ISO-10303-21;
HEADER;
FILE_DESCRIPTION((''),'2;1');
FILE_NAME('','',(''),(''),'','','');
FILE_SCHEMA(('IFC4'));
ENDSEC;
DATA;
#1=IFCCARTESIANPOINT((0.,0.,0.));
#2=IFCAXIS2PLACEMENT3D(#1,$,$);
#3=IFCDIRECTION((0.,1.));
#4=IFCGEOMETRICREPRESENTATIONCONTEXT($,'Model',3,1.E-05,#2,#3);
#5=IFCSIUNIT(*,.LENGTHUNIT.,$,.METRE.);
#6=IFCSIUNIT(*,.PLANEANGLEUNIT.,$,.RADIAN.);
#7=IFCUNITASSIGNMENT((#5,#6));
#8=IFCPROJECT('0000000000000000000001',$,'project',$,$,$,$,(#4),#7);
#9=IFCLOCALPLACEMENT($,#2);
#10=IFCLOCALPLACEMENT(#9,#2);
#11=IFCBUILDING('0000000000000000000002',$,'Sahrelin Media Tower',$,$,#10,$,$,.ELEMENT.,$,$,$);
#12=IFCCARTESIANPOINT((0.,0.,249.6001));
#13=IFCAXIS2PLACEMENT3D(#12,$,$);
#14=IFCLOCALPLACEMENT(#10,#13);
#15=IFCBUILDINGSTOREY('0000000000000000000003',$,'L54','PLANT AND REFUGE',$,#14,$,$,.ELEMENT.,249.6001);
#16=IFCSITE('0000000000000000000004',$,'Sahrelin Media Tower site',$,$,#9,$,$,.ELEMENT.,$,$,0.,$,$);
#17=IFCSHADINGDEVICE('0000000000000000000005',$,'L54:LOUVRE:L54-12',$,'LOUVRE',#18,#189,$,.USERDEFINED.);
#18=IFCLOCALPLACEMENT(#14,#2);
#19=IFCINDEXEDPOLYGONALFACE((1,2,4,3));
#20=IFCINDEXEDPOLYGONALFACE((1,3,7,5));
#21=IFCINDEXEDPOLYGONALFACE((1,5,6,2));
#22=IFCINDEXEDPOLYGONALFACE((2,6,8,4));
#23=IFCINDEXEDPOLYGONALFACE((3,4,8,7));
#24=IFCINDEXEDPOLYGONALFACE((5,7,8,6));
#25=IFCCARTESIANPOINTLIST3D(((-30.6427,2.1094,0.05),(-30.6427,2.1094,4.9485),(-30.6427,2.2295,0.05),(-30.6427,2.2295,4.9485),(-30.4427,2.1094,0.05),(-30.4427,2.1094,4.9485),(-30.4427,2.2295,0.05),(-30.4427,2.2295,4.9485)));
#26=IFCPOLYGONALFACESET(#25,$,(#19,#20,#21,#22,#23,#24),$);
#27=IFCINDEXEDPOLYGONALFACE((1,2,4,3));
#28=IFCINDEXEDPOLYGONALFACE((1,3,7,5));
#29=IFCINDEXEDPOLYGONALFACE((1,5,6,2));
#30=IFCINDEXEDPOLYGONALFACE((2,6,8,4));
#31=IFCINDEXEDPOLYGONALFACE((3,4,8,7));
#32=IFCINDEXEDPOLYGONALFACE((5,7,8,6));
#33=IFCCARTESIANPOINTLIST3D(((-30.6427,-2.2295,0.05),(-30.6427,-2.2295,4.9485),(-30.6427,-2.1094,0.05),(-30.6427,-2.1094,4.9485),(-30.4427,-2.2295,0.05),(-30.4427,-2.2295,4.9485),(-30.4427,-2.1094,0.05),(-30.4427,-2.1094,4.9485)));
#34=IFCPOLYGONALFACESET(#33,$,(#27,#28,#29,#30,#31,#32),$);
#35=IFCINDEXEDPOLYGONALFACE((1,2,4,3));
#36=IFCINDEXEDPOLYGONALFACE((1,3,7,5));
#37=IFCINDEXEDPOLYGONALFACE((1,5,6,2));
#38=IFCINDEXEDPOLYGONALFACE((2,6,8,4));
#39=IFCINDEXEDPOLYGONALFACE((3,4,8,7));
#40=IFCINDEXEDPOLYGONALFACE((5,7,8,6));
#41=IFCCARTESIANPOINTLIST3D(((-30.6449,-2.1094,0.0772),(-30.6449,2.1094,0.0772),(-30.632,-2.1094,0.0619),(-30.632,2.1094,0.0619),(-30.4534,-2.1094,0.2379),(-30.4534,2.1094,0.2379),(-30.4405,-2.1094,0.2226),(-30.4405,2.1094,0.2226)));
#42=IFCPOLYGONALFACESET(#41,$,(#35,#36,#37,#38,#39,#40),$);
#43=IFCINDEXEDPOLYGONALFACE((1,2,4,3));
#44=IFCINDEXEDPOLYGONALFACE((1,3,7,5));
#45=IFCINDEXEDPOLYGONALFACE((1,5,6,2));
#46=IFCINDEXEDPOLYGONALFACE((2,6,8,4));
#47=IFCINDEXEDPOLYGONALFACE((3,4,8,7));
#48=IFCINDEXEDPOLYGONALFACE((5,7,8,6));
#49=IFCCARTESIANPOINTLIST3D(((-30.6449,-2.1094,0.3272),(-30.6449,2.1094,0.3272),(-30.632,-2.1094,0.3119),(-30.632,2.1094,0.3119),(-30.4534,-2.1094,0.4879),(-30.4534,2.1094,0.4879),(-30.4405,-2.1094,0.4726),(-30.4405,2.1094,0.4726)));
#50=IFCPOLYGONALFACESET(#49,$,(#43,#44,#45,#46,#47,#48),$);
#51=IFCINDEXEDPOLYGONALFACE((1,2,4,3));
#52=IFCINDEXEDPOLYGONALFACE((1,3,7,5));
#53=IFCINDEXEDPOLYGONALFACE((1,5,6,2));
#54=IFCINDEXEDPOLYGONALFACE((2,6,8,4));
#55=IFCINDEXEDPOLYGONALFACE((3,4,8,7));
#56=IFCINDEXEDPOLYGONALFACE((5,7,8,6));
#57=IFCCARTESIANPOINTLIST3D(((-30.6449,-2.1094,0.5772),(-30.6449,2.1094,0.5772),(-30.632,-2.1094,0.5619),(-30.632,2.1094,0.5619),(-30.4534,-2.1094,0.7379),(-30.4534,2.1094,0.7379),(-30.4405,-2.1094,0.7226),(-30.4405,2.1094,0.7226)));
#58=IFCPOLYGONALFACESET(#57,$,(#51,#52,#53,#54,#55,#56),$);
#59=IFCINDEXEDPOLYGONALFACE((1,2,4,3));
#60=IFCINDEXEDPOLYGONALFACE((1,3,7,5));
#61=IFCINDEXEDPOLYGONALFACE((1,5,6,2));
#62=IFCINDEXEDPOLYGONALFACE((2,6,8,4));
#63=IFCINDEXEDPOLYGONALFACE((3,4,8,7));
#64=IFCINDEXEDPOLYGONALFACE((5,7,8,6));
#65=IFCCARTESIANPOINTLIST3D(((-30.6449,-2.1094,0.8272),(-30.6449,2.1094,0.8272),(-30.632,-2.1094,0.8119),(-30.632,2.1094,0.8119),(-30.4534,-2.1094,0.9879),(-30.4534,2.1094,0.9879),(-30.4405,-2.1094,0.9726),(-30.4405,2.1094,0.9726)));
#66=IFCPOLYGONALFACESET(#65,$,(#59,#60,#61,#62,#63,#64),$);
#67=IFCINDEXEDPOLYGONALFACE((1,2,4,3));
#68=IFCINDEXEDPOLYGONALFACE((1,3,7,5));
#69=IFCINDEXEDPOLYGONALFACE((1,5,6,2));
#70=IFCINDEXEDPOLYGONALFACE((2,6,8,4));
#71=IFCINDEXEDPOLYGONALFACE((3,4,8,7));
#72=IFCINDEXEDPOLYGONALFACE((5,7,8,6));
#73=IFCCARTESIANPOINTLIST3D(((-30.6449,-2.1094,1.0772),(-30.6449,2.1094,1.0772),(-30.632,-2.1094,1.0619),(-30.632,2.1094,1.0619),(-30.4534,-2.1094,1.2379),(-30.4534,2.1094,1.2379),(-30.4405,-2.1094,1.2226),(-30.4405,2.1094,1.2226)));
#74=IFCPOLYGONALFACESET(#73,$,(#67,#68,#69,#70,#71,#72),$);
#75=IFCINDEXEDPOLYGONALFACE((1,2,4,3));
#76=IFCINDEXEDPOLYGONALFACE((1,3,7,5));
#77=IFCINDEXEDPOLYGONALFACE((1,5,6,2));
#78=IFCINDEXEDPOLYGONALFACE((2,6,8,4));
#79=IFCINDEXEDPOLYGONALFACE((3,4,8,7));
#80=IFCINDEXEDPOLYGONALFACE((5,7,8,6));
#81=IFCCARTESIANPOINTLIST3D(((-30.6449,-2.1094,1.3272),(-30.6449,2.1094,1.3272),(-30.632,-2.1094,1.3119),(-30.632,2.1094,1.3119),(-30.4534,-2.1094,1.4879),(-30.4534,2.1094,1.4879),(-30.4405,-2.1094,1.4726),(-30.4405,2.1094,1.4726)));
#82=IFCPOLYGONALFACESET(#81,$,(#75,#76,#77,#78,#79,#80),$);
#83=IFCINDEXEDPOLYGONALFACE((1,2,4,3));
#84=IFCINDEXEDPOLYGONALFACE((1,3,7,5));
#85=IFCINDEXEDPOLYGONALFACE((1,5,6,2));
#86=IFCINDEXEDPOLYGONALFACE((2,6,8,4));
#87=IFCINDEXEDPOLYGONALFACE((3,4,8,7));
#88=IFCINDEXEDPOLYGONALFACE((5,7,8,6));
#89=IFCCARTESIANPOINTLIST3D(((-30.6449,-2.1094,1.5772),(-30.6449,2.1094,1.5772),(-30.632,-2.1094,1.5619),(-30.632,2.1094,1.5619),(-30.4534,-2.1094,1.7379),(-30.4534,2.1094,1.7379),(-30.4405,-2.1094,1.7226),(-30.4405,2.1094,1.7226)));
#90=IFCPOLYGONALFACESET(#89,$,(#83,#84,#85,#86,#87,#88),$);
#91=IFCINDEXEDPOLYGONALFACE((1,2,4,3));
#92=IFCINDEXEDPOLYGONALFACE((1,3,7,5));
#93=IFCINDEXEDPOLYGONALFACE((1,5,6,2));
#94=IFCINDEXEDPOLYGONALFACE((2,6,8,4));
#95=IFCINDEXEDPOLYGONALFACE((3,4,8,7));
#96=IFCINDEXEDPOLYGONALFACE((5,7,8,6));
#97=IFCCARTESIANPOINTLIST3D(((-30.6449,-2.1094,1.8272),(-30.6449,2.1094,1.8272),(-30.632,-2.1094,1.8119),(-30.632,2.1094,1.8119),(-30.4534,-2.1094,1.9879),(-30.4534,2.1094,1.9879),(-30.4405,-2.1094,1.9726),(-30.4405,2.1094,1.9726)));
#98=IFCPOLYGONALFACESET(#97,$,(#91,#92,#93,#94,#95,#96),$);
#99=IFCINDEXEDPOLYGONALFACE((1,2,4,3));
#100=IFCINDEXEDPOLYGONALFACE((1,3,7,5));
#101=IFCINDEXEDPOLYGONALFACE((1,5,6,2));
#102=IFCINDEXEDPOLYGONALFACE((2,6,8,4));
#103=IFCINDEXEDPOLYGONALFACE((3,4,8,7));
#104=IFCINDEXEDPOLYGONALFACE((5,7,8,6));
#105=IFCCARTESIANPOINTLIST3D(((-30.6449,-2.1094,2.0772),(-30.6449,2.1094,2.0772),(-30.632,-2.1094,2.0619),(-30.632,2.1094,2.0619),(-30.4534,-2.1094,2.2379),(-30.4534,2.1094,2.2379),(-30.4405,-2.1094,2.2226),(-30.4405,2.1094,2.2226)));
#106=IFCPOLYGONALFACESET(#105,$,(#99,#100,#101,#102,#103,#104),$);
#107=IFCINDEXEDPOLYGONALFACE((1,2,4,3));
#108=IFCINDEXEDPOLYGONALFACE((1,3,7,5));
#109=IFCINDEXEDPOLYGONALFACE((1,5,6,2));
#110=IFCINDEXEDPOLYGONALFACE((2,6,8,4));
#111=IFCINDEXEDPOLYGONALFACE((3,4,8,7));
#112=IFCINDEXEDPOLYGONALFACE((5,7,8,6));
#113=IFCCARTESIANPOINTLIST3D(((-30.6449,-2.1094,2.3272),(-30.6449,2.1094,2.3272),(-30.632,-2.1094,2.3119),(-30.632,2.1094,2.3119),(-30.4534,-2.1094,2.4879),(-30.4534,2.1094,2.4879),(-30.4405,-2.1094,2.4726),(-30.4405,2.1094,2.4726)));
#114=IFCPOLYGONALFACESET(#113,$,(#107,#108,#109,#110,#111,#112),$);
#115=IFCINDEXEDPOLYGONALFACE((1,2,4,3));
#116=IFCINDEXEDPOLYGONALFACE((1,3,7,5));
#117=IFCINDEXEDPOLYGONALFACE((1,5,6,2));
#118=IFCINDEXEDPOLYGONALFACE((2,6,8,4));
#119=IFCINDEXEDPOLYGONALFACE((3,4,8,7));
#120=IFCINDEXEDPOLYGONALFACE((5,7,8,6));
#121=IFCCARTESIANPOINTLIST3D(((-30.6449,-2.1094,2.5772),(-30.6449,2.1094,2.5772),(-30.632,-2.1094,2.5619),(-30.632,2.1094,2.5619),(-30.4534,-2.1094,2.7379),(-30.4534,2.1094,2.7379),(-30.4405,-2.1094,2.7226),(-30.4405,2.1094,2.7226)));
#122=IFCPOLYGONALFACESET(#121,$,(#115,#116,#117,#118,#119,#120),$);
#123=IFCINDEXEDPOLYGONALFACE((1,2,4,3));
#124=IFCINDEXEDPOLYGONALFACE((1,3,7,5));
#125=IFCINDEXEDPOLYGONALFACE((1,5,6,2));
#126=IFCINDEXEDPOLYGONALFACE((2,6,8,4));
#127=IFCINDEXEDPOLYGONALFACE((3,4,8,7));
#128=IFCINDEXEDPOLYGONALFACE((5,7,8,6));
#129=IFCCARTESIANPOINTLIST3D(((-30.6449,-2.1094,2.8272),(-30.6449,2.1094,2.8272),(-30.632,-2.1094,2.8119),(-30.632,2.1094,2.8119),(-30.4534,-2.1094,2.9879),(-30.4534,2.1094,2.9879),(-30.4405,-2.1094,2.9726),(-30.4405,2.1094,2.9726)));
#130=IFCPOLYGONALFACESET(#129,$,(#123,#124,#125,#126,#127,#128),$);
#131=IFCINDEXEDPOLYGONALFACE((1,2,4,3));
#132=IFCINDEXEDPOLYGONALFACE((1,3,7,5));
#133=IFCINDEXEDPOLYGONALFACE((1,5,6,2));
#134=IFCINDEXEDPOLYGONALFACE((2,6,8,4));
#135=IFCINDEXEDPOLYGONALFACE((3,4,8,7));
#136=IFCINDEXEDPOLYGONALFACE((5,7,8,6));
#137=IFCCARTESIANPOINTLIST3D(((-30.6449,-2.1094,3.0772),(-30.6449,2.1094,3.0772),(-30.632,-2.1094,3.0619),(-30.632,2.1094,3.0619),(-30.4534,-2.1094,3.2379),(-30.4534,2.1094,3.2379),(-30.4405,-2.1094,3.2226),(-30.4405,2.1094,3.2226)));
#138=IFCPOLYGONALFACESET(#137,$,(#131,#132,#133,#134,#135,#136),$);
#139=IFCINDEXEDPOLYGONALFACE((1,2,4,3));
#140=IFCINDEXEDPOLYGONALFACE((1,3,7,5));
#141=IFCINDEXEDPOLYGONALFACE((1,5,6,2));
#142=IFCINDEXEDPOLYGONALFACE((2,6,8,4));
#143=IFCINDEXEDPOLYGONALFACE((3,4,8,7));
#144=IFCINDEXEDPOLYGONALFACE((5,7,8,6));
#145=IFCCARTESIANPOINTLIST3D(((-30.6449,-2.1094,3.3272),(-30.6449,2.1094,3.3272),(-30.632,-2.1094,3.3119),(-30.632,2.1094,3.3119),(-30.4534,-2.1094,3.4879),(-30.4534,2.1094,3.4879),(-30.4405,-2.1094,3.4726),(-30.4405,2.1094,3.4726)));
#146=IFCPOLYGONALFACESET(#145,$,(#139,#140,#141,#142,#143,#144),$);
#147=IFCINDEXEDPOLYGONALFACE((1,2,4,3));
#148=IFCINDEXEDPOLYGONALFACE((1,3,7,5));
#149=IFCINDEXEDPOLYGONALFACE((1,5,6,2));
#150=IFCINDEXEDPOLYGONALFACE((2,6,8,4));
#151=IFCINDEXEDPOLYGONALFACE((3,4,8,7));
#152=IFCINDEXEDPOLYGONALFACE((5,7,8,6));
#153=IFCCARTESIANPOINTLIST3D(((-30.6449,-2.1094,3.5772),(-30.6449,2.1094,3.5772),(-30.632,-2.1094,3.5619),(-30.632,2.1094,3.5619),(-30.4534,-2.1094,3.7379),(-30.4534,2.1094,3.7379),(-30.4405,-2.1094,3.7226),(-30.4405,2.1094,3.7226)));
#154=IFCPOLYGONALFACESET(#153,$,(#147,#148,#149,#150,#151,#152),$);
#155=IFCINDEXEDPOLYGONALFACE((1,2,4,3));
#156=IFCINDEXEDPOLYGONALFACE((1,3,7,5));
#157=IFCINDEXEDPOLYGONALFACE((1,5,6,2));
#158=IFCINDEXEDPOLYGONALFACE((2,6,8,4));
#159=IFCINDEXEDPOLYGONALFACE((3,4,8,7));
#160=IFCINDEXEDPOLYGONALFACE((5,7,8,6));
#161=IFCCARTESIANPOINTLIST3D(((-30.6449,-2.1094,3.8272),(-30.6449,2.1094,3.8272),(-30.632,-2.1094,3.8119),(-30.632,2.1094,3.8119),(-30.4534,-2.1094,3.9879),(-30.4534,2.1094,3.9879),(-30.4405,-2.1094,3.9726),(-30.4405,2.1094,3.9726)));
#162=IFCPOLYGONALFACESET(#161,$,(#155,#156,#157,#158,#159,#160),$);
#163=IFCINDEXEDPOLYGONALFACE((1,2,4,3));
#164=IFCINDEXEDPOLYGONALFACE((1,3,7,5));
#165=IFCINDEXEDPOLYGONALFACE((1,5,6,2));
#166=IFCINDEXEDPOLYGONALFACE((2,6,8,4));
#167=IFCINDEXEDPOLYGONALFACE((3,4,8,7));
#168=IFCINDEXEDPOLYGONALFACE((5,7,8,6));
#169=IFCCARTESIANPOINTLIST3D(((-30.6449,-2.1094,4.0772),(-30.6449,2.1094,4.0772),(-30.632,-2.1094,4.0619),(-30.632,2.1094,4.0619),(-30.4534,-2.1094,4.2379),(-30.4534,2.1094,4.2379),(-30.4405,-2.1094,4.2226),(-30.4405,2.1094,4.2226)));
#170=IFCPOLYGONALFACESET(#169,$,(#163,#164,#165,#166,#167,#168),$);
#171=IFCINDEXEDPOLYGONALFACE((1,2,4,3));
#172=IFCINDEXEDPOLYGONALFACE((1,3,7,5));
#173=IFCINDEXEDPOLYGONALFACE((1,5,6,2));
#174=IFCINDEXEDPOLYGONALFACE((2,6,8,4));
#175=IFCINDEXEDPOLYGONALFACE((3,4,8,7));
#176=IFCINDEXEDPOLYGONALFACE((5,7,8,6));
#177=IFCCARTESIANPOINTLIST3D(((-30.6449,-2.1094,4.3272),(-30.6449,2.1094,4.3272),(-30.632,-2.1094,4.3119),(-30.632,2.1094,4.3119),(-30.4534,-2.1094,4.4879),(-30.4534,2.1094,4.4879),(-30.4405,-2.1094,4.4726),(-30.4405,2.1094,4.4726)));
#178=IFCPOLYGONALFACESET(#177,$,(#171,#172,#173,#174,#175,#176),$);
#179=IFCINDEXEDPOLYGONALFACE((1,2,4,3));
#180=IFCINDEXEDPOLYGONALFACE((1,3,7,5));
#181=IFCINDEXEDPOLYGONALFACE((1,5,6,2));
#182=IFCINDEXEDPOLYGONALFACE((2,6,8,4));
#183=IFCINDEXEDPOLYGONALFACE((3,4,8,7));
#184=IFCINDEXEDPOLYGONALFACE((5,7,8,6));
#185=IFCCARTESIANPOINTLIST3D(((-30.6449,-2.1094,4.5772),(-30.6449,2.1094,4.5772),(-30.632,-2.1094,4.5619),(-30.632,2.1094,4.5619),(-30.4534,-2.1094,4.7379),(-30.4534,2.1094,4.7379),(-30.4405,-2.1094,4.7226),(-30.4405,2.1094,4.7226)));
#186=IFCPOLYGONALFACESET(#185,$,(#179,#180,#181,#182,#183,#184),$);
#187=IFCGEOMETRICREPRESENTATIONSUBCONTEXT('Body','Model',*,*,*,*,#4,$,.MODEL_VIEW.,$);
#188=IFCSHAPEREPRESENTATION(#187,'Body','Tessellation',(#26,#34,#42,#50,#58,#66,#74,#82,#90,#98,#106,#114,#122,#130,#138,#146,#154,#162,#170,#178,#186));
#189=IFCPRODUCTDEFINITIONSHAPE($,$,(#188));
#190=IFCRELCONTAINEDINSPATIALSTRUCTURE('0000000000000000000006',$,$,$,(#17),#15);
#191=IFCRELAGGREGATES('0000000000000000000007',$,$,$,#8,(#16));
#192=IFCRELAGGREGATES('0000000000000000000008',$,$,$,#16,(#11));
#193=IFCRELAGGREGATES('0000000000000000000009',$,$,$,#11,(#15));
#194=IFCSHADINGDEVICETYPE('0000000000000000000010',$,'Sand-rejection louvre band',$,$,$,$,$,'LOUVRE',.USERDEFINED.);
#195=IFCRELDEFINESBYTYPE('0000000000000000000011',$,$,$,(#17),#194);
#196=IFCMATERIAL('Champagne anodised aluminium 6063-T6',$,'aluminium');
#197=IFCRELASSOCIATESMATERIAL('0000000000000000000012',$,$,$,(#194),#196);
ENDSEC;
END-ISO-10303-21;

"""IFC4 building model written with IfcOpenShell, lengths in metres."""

from ifc_helpers import new_model, si_unit, direction, frame, origin, origin_2d, place, context, subcontext, project, spatial, rectangle, extrude, material, type_object, element, save


model = new_model("IFC4")

# Units and contexts
model_context = context("Model", 3, precision=1e-05, world=origin(), true_north=direction((0.0, 1.0)))
body_context = subcontext(model_context, "Body", "Model", "MODEL_VIEW")
ifc_project = project(units=[si_unit("LENGTHUNIT", "METRE"), si_unit("PLANEANGLEUNIT", "RADIAN")], contexts=[model_context])

# Site, building, storey
site_placement = place(None, origin())
site = spatial("IfcSite", under=ifc_project, at=site_placement, Name="Sahrelin Media Tower site", CompositionType="ELEMENT", RefElevation=0.0)
building_placement = place(site_placement, origin())
building = spatial("IfcBuilding", under=site, at=building_placement, Name="Sahrelin Media Tower", CompositionType="ELEMENT")
storey_placement = place(building_placement, frame((0.0, 0.0, 249.6001)))
storey = spatial("IfcBuildingStorey", under=building, at=storey_placement, Name="L54", Description="PLANT AND REFUGE", CompositionType="ELEMENT", Elevation=249.6001)

# Shading device
ifc_material_1 = material(Name="Champagne anodised aluminium 6063-T6", Category="aluminium")
shading_device_type = type_object("IfcShadingDeviceType", Name="Sand-rejection louvre band", ElementType="LOUVRE", PredefinedType="USERDEFINED", material=ifc_material_1)
shading_device_1_placement = place(storey_placement, frame((-30.4426, 0.0, 0.0), z_axis=(0.0, 0.0, 1.0), x_axis=(0.0, 1.0, 0.0)))
element("IfcShadingDevice", 1, at=shading_device_1_placement, inside=storey, type_object=shading_device_type, Name="L54:LOUVRE:L54-12", ObjectType="LOUVRE", PredefinedType="USERDEFINED", context=body_context, shape_type="SweptSolid", body=[
    extrude(rectangle(XDim=0.1201, YDim=0.2, at=origin_2d()), frame((2.1694, 0.1001, 0.05), z_axis=(0.0, 0.0, 1.0), x_axis=(1.0, 0.0, 0.0)), (0.0, 0.0, 1.0), 4.8984),
    extrude(rectangle(XDim=0.1201, YDim=0.2, at=origin_2d()), frame((-2.1694, 0.1001, 0.05), z_axis=(0.0, 0.0, 1.0), x_axis=(1.0, 0.0, 0.0)), (0.0, 0.0, 1.0), 4.8984),
    extrude(rectangle(XDim=0.25, YDim=0.02, at=origin_2d()), frame((2.1094, 0.1001, 0.1499), z_axis=(-1.0, 0.0, 0.0), x_axis=(0.0, -0.766044, 0.642788)), (0.0, 0.0, 1.0), 4.2188),
    extrude(rectangle(XDim=0.25, YDim=0.02, at=origin_2d()), frame((2.1094, 0.1001, 0.3999), z_axis=(-1.0, 0.0, 0.0), x_axis=(0.0, -0.766044, 0.642788)), (0.0, 0.0, 1.0), 4.2188),
    extrude(rectangle(XDim=0.25, YDim=0.02, at=origin_2d()), frame((2.1094, 0.1001, 0.6499), z_axis=(-1.0, 0.0, 0.0), x_axis=(0.0, -0.766044, 0.642788)), (0.0, 0.0, 1.0), 4.2188),
    extrude(rectangle(XDim=0.25, YDim=0.02, at=origin_2d()), frame((2.1094, 0.1001, 0.8999), z_axis=(-1.0, 0.0, 0.0), x_axis=(0.0, -0.766044, 0.642788)), (0.0, 0.0, 1.0), 4.2188),
    extrude(rectangle(XDim=0.25, YDim=0.02, at=origin_2d()), frame((2.1094, 0.1001, 1.1499), z_axis=(-1.0, 0.0, 0.0), x_axis=(0.0, -0.766044, 0.642788)), (0.0, 0.0, 1.0), 4.2188),
    extrude(rectangle(XDim=0.25, YDim=0.02, at=origin_2d()), frame((2.1094, 0.1001, 1.3999), z_axis=(-1.0, 0.0, 0.0), x_axis=(0.0, -0.766044, 0.642788)), (0.0, 0.0, 1.0), 4.2188),
    extrude(rectangle(XDim=0.25, YDim=0.02, at=origin_2d()), frame((2.1094, 0.1001, 1.6499), z_axis=(-1.0, 0.0, 0.0), x_axis=(0.0, -0.766044, 0.642788)), (0.0, 0.0, 1.0), 4.2188),
    extrude(rectangle(XDim=0.25, YDim=0.02, at=origin_2d()), frame((2.1094, 0.1001, 1.8999), z_axis=(-1.0, 0.0, 0.0), x_axis=(0.0, -0.766044, 0.642788)), (0.0, 0.0, 1.0), 4.2188),
    extrude(rectangle(XDim=0.25, YDim=0.02, at=origin_2d()), frame((2.1094, 0.1001, 2.1499), z_axis=(-1.0, 0.0, 0.0), x_axis=(0.0, -0.766044, 0.642788)), (0.0, 0.0, 1.0), 4.2188),
    extrude(rectangle(XDim=0.25, YDim=0.02, at=origin_2d()), frame((2.1094, 0.1001, 2.3999), z_axis=(-1.0, 0.0, 0.0), x_axis=(0.0, -0.766044, 0.642788)), (0.0, 0.0, 1.0), 4.2188),
    extrude(rectangle(XDim=0.25, YDim=0.02, at=origin_2d()), frame((2.1094, 0.1001, 2.6499), z_axis=(-1.0, 0.0, 0.0), x_axis=(0.0, -0.766044, 0.642788)), (0.0, 0.0, 1.0), 4.2188),
    extrude(rectangle(XDim=0.25, YDim=0.02, at=origin_2d()), frame((2.1094, 0.1001, 2.8999), z_axis=(-1.0, 0.0, 0.0), x_axis=(0.0, -0.766044, 0.642788)), (0.0, 0.0, 1.0), 4.2188),
    extrude(rectangle(XDim=0.25, YDim=0.02, at=origin_2d()), frame((2.1094, 0.1001, 3.1499), z_axis=(-1.0, 0.0, 0.0), x_axis=(0.0, -0.766044, 0.642788)), (0.0, 0.0, 1.0), 4.2188),
    extrude(rectangle(XDim=0.25, YDim=0.02, at=origin_2d()), frame((2.1094, 0.1001, 3.3999), z_axis=(-1.0, 0.0, 0.0), x_axis=(0.0, -0.766044, 0.642788)), (0.0, 0.0, 1.0), 4.2188),
    extrude(rectangle(XDim=0.25, YDim=0.02, at=origin_2d()), frame((2.1094, 0.1001, 3.6499), z_axis=(-1.0, 0.0, 0.0), x_axis=(0.0, -0.766044, 0.642788)), (0.0, 0.0, 1.0), 4.2188),
    extrude(rectangle(XDim=0.25, YDim=0.02, at=origin_2d()), frame((2.1094, 0.1001, 3.8999), z_axis=(-1.0, 0.0, 0.0), x_axis=(0.0, -0.766044, 0.642788)), (0.0, 0.0, 1.0), 4.2188),
    extrude(rectangle(XDim=0.25, YDim=0.02, at=origin_2d()), frame((2.1094, 0.1001, 4.1499), z_axis=(-1.0, 0.0, 0.0), x_axis=(0.0, -0.766044, 0.642788)), (0.0, 0.0, 1.0), 4.2188),
    extrude(rectangle(XDim=0.25, YDim=0.02, at=origin_2d()), frame((2.1094, 0.1001, 4.3999), z_axis=(-1.0, 0.0, 0.0), x_axis=(0.0, -0.766044, 0.642788)), (0.0, 0.0, 1.0), 4.2188),
    extrude(rectangle(XDim=0.25, YDim=0.02, at=origin_2d()), frame((2.1094, 0.1001, 4.6499), z_axis=(-1.0, 0.0, 0.0), x_axis=(0.0, -0.766044, 0.642788)), (0.0, 0.0, 1.0), 4.2188),
])

save(model, "model.ifc")
